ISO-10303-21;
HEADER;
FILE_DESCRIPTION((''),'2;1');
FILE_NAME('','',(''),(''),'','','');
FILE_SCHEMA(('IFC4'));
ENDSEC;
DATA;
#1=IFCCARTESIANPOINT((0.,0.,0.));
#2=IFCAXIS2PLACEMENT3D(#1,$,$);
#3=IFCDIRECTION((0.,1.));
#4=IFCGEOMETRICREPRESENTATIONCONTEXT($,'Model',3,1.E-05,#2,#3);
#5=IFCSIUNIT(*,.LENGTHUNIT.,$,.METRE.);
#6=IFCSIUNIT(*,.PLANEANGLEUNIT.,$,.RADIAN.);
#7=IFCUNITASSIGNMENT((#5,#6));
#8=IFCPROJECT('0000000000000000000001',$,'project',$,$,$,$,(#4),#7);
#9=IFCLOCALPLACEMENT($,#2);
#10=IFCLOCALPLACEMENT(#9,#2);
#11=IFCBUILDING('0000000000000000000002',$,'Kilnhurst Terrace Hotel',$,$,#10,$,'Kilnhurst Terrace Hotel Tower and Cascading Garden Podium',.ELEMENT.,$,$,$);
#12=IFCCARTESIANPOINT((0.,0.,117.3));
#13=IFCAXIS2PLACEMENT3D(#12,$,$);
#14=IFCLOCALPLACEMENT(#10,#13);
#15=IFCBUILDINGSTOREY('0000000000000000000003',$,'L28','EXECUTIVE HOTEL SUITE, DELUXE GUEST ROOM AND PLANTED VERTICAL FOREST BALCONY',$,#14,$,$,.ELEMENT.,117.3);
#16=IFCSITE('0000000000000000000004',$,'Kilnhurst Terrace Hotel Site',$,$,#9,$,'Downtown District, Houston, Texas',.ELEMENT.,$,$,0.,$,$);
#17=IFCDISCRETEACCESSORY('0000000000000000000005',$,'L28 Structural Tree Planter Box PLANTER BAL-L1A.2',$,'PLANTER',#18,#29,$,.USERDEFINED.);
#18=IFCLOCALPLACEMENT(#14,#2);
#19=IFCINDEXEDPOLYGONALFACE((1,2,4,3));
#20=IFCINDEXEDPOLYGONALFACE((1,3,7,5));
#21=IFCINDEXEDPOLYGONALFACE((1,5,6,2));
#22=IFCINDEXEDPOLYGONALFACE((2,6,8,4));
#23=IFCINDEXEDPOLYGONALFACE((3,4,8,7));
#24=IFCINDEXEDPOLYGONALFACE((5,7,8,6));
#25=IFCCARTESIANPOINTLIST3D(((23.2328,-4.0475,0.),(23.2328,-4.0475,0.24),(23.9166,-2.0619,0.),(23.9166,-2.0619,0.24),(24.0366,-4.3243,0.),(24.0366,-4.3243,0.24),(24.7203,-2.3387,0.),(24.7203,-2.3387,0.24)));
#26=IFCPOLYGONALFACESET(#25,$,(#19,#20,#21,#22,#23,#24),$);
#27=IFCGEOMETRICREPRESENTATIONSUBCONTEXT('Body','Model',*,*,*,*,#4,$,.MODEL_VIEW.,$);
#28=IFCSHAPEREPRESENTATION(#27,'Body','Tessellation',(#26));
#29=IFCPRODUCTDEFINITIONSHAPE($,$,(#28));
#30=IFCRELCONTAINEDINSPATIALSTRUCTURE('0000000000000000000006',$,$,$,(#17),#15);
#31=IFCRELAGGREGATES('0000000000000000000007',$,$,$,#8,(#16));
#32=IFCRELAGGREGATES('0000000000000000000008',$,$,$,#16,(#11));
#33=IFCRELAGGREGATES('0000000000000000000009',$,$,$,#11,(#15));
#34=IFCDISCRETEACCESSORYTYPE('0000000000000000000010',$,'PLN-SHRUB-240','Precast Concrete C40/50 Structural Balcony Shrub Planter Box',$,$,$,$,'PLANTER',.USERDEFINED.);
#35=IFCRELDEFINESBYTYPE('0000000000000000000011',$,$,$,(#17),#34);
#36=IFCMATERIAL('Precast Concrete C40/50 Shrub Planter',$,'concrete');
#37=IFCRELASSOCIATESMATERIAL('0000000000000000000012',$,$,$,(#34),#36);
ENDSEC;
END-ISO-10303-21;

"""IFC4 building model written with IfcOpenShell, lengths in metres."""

from ifc_helpers import new_model, si_unit, direction, frame, origin, origin_2d, place, context, subcontext, project, spatial, rectangle, extrude, material, type_object, element, save


model = new_model("IFC4")

# Units and contexts
model_context = context("Model", 3, precision=1e-05, world=origin(), true_north=direction((0.0, 1.0)))
body_context = subcontext(model_context, "Body", "Model", "MODEL_VIEW")
ifc_project = project(units=[si_unit("LENGTHUNIT", "METRE"), si_unit("PLANEANGLEUNIT", "RADIAN")], contexts=[model_context])

# Site, building, storey
site_placement = place(None, origin())
site = spatial("IfcSite", under=ifc_project, at=site_placement, Name="Kilnhurst Terrace Hotel Site", LongName="Downtown District, Houston, Texas", CompositionType="ELEMENT", RefElevation=0.0)
building_placement = place(site_placement, origin())
building = spatial("IfcBuilding", under=site, at=building_placement, Name="Kilnhurst Terrace Hotel", LongName="Kilnhurst Terrace Hotel Tower and Cascading Garden Podium", CompositionType="ELEMENT")
storey_placement = place(building_placement, frame((0.0, 0.0, 117.3)))
storey = spatial("IfcBuildingStorey", under=building, at=storey_placement, Name="L28", Description="EXECUTIVE HOTEL SUITE, DELUXE GUEST ROOM AND PLANTED VERTICAL FOREST BALCONY", CompositionType="ELEMENT", Elevation=117.3)

# Discrete accessory
ifc_material_1 = material(Name="Precast Concrete C40/50 Shrub Planter", Category="concrete")
discrete_accessory_type = type_object("IfcDiscreteAccessoryType", Name="PLN-SHRUB-240", Description="Precast Concrete C40/50 Structural Balcony Shrub Planter Box", ElementType="PLANTER", PredefinedType="USERDEFINED", material=ifc_material_1)
discrete_accessory_placement = place(storey_placement, frame((23.9766, -3.1931, 0.0), z_axis=(0.0, 0.0, 1.0), x_axis=(0.325601, 0.945507, 0.0)))
element("IfcDiscreteAccessory", 1, at=discrete_accessory_placement, inside=storey, type_object=discrete_accessory_type, Name="L28 Structural Tree Planter Box PLANTER BAL-L1A.2", ObjectType="PLANTER", PredefinedType="USERDEFINED", context=body_context, shape_type="SweptSolid", body=[
    extrude(rectangle(XDim=2.1001, YDim=0.8501, at=origin_2d()), origin(), (0.0, 0.0, 1.0), 0.24),
])

save(model, "model.ifc")
